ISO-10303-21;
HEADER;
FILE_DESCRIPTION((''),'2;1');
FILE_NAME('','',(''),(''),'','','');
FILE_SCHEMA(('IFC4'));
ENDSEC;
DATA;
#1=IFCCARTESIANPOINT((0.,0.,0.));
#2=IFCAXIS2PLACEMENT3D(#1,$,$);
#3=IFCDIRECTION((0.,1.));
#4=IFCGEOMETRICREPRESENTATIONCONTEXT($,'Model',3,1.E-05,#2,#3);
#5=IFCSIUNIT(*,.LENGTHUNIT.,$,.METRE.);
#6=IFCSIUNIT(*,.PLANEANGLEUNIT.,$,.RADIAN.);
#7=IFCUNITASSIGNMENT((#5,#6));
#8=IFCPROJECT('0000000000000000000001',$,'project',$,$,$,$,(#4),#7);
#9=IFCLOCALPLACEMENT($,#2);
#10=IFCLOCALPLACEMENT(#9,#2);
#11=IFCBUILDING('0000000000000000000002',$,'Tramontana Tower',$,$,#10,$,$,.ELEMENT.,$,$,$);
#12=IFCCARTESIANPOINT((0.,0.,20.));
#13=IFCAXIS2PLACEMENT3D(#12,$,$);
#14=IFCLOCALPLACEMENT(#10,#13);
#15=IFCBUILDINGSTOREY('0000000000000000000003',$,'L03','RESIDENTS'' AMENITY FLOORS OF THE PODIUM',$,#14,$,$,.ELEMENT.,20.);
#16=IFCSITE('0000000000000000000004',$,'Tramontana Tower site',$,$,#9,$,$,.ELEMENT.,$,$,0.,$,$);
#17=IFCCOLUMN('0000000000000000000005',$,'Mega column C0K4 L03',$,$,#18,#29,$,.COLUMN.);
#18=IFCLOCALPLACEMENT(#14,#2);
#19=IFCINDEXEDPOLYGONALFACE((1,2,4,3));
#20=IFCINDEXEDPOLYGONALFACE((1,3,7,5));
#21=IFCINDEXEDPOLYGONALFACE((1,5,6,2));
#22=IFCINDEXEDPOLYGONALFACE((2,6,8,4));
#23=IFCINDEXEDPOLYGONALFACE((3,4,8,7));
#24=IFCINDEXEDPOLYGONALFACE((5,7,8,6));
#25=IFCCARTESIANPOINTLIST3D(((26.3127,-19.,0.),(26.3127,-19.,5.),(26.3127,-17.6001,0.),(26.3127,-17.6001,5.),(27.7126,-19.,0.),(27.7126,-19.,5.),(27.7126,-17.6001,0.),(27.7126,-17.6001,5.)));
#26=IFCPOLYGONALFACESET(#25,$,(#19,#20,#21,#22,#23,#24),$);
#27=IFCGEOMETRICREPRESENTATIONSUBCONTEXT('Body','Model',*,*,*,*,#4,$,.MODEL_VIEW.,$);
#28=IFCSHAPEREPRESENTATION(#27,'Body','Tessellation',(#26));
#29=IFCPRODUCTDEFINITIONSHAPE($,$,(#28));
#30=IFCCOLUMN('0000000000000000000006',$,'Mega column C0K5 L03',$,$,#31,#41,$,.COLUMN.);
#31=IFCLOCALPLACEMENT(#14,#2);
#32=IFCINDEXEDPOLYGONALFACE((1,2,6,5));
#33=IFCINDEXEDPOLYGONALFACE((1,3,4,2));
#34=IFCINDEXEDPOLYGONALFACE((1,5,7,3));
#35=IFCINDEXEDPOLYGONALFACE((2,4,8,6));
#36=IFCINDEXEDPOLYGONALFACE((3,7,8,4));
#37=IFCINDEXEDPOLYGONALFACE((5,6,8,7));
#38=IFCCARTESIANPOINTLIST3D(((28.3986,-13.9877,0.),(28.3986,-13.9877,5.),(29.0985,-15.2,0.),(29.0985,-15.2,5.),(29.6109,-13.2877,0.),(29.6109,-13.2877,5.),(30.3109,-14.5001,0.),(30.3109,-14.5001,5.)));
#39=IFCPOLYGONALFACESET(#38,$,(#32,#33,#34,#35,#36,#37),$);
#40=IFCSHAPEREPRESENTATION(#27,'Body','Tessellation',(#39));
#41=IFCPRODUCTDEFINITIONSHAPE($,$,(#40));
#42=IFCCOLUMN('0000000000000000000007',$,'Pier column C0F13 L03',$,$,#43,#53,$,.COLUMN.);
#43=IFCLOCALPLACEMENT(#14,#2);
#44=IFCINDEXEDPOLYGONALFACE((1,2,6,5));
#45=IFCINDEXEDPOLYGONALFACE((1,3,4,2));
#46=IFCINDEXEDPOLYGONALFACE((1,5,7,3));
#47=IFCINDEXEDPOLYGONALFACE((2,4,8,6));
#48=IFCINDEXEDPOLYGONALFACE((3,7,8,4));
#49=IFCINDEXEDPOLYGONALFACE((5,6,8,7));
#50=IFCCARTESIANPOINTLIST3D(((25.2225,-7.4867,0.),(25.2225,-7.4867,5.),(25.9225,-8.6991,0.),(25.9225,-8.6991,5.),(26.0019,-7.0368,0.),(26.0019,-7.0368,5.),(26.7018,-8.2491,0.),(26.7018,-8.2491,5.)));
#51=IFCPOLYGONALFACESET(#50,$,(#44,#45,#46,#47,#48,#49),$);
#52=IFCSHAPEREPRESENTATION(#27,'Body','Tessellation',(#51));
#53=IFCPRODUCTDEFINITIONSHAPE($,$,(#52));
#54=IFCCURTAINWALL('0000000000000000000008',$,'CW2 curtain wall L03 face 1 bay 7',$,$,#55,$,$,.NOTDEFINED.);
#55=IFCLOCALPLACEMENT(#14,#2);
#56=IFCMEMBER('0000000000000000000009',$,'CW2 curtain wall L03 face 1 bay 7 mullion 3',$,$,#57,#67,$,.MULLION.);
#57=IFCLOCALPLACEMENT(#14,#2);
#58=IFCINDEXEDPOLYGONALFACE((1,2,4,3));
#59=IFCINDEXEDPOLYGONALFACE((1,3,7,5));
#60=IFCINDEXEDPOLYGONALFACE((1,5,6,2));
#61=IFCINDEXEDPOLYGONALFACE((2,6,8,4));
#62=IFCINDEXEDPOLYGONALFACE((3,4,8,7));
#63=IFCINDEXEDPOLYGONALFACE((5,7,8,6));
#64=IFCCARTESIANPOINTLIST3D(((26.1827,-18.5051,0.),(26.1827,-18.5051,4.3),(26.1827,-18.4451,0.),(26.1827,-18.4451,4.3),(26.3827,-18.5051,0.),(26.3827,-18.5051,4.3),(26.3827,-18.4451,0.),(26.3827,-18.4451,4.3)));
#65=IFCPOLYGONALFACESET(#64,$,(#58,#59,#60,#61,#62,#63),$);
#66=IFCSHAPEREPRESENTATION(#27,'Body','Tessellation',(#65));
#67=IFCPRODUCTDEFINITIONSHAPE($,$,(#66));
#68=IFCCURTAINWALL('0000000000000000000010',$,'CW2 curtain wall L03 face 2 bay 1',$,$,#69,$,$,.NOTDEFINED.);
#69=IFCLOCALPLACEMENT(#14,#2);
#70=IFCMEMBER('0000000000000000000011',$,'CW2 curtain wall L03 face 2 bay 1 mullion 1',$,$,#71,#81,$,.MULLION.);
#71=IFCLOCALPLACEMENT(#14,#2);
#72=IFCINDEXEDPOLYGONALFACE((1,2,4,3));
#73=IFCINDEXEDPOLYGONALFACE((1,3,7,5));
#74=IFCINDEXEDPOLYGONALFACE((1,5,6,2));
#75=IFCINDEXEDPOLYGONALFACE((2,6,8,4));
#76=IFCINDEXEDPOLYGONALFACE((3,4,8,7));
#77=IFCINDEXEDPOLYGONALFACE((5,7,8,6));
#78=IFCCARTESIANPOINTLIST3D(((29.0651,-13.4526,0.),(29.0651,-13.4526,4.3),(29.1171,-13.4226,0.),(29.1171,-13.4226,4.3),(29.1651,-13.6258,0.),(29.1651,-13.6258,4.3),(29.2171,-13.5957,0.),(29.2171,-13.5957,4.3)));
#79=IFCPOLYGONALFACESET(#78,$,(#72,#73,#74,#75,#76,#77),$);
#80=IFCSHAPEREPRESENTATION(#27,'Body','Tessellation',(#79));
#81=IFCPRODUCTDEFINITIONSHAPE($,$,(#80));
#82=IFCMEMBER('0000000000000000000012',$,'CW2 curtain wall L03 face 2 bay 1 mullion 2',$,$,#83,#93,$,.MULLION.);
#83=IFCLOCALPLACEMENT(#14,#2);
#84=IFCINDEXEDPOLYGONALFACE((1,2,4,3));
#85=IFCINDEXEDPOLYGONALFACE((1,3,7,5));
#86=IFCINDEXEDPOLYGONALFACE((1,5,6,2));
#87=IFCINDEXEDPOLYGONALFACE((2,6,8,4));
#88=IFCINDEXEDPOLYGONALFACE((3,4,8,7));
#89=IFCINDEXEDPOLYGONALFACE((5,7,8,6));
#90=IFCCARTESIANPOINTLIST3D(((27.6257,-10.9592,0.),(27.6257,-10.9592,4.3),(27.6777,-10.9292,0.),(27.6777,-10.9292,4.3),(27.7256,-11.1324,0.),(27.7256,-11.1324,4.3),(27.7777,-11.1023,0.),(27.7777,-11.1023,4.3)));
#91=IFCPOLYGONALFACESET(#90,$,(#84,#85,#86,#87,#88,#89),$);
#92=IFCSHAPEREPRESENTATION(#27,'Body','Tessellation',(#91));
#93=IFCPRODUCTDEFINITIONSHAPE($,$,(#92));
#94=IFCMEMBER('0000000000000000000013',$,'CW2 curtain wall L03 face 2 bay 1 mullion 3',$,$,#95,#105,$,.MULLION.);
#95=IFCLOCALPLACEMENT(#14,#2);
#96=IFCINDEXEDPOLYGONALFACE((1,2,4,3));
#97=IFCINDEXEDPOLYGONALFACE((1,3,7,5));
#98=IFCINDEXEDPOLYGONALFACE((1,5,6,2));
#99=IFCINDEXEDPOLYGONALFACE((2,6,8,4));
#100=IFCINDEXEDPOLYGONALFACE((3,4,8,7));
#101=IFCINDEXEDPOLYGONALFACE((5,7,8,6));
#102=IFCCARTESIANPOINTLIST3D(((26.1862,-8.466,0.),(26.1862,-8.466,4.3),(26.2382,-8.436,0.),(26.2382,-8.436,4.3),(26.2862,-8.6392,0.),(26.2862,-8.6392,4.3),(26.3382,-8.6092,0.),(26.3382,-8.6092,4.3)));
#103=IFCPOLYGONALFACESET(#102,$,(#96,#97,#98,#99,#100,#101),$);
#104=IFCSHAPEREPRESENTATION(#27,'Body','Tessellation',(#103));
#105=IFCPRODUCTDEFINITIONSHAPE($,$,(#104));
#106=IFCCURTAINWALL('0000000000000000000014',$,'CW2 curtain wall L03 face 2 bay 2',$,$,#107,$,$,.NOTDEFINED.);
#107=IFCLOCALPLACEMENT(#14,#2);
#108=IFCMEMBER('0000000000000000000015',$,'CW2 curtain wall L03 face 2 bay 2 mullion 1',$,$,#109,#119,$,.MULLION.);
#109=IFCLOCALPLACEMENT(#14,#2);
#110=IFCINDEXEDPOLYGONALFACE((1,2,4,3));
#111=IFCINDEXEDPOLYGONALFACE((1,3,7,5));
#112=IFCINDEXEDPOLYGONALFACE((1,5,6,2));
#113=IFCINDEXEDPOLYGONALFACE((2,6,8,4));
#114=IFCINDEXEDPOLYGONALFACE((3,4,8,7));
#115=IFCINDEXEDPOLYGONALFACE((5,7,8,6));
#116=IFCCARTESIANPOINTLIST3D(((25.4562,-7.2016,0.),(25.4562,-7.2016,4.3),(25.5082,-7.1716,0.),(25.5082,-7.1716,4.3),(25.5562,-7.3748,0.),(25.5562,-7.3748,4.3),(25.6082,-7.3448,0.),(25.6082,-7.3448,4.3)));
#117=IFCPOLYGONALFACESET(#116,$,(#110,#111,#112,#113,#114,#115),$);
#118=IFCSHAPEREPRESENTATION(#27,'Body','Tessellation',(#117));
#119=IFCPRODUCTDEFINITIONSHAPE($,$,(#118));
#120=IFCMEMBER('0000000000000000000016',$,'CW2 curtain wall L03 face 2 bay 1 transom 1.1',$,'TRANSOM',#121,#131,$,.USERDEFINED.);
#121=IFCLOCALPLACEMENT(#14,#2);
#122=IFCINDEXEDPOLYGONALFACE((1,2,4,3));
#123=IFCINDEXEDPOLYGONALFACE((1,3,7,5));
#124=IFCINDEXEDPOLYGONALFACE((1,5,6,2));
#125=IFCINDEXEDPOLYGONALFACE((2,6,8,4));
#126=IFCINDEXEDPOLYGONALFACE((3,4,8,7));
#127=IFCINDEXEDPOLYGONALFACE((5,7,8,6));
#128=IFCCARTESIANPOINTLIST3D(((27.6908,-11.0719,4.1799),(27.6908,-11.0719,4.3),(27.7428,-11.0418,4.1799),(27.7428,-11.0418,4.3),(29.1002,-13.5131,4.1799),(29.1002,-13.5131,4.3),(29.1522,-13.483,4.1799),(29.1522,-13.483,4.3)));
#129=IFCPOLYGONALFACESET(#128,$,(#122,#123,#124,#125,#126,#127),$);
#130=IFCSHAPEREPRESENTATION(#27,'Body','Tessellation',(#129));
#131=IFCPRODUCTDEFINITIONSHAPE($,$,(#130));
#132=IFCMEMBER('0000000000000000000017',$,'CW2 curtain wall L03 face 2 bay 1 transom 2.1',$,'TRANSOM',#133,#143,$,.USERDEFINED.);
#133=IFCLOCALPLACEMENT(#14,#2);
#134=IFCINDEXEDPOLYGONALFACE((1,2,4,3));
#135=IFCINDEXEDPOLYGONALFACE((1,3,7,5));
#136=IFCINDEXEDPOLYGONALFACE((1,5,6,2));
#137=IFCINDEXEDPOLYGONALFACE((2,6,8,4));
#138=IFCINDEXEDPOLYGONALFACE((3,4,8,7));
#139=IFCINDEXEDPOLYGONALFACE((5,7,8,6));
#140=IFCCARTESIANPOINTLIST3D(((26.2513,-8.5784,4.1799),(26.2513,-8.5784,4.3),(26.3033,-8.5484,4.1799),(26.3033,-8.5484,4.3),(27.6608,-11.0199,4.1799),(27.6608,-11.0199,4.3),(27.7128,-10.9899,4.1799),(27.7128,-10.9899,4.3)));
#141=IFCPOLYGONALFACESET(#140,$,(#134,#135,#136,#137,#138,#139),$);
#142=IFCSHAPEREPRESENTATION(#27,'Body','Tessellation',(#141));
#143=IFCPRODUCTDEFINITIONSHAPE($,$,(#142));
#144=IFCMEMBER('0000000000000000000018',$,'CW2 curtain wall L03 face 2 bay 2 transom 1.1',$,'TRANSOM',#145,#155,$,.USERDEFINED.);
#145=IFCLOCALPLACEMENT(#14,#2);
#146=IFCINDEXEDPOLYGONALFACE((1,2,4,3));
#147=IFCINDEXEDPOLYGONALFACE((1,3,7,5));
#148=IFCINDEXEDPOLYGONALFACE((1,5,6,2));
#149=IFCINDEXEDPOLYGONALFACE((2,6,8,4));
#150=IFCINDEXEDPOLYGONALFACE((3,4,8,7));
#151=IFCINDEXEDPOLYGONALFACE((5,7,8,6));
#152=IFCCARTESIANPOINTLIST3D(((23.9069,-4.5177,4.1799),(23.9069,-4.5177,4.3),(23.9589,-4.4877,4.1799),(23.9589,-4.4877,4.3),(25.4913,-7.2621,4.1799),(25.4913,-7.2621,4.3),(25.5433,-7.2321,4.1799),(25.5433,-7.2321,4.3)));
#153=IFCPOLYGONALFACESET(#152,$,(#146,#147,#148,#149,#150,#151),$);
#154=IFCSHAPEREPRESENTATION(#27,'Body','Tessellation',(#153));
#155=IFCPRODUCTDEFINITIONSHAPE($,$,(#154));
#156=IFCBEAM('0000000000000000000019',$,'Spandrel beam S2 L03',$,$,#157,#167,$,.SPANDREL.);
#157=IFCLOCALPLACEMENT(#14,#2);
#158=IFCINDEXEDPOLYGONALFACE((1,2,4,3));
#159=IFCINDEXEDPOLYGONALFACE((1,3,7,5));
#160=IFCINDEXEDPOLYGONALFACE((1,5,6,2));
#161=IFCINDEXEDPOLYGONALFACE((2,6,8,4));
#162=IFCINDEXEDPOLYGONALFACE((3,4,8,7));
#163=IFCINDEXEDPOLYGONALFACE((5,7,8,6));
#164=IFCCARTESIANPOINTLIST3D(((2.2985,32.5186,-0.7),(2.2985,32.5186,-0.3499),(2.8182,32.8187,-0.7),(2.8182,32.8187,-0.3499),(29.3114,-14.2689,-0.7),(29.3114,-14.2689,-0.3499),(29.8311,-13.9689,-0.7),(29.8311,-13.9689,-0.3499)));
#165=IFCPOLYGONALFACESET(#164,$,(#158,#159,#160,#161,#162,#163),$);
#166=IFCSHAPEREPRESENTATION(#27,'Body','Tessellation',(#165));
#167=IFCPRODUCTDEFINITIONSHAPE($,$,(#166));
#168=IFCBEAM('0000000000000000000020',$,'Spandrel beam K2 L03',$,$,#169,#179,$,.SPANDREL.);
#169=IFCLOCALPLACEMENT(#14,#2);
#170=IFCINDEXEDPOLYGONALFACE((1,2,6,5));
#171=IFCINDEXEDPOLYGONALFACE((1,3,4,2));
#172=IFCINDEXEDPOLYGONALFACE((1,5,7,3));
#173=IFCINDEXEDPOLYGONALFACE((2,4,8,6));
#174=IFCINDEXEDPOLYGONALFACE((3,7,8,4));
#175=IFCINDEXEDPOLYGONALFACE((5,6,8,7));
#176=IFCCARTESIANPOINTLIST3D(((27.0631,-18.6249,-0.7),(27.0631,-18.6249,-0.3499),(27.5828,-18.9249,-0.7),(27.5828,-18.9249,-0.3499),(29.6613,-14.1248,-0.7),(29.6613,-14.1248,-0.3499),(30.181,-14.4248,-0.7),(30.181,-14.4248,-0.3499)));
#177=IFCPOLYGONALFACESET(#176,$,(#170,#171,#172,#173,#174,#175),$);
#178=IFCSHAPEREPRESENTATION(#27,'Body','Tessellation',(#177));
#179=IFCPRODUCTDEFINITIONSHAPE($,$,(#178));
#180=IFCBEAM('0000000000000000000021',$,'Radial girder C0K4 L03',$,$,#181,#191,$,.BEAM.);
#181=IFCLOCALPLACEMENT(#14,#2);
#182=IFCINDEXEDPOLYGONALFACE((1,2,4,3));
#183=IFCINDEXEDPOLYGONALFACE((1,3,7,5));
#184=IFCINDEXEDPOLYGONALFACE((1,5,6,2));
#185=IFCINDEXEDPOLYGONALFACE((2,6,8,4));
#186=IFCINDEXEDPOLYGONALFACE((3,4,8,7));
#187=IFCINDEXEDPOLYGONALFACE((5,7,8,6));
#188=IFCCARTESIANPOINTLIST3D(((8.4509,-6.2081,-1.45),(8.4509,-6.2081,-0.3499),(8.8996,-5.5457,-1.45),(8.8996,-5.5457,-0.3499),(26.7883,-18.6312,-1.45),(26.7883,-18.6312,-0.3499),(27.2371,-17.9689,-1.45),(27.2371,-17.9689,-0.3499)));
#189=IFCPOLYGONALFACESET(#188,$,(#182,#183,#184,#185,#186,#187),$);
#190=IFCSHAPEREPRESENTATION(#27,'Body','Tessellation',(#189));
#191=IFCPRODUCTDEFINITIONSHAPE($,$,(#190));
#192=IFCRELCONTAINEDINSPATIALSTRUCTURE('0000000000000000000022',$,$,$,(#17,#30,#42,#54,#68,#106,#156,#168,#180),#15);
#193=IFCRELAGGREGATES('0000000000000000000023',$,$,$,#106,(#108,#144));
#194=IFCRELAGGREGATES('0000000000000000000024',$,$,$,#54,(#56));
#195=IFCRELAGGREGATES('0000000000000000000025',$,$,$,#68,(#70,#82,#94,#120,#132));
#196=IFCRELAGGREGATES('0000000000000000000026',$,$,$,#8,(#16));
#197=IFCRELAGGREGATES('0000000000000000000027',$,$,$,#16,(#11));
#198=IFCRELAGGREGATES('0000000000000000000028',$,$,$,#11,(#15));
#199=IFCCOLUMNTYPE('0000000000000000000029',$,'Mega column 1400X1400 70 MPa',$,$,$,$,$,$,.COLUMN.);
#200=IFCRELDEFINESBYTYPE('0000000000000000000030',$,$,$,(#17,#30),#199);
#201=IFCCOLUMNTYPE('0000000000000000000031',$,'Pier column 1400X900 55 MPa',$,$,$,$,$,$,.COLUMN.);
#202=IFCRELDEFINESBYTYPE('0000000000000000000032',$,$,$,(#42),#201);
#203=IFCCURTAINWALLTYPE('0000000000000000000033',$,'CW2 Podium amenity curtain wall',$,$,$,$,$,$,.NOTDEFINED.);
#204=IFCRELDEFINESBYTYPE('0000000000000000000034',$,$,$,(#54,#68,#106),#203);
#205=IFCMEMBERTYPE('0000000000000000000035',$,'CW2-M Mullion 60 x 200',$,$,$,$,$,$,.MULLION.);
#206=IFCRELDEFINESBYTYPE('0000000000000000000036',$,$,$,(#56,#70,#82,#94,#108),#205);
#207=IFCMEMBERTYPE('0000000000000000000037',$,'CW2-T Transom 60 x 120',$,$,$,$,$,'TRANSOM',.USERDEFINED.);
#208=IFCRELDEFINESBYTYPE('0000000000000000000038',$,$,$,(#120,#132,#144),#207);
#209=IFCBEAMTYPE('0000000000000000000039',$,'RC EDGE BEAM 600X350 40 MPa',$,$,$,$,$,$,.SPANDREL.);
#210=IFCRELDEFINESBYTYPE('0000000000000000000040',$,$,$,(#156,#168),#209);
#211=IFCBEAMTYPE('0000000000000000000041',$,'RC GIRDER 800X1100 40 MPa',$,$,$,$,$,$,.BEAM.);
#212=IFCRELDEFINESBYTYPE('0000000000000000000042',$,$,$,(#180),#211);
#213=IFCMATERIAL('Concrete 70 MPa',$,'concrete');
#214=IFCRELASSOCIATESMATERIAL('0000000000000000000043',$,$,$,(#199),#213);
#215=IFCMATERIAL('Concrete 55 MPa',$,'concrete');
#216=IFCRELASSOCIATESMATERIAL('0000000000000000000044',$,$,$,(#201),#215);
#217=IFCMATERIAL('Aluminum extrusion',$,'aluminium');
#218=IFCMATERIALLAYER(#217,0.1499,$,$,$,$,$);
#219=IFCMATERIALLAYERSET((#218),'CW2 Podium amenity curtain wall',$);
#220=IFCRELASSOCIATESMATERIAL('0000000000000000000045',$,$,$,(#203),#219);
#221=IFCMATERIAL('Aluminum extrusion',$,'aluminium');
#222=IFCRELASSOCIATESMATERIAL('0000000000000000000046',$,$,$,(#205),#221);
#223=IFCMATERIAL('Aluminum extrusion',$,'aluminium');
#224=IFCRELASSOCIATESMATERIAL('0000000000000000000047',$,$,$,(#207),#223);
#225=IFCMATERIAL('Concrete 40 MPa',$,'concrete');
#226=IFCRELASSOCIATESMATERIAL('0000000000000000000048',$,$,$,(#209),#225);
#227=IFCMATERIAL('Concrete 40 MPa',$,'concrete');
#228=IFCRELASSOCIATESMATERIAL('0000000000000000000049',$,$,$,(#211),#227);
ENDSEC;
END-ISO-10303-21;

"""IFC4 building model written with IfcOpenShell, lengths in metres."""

from ifc_helpers import new_model, si_unit, direction, frame, origin, origin_2d, place, context, subcontext, project, spatial, rectangle, extrude, material, layer, layer_set, material_profile, profile_set, type_object, element, aggregate, save


model = new_model("IFC4")

# Units and contexts
model_context = context("Model", 3, precision=1e-05, world=origin(), true_north=direction((0.0, 1.0)))
body_context = subcontext(model_context, "Body", "Model", "MODEL_VIEW")
ifc_project = project(units=[si_unit("LENGTHUNIT", "METRE"), si_unit("PLANEANGLEUNIT", "RADIAN")], contexts=[model_context])

# Site, building, storey
site_placement = place(None, origin())
site = spatial("IfcSite", under=ifc_project, at=site_placement, Name="Tramontana Tower site", CompositionType="ELEMENT", RefElevation=0.0)
building_placement = place(site_placement, origin())
building = spatial("IfcBuilding", under=site, at=building_placement, Name="Tramontana Tower", CompositionType="ELEMENT")
storey_placement = place(building_placement, frame((0.0, 0.0, 20.0)))
storey = spatial("IfcBuildingStorey", under=building, at=storey_placement, Name="L03", Description="RESIDENTS' AMENITY FLOORS OF THE PODIUM", CompositionType="ELEMENT", Elevation=20.0)

# Columns
ifc_material_1 = material(Name="Concrete 70 MPa", Category="concrete")
ifc_material_profile_1 = material_profile(ifc_material_1, rectangle(XDim=1.3999, YDim=1.3999, at=origin_2d()), Name="Mega column 1400X1400 70 MPa")
ifc_profile_set_1 = profile_set([ifc_material_profile_1], Name="Concrete 70 MPa")
column_type_1 = type_object("IfcColumnType", Name="Mega column 1400X1400 70 MPa", PredefinedType="COLUMN", material=ifc_profile_set_1)
for number, where, z_axis, x_axis, name in (
    (1, (27.0127, -18.3, 0.0), (0.0, 0.0, 1.0), (1.0, 0.0, 0.0), "Mega column C0K4 L03"),
    (2, (29.3547, -14.2439, 0.0), (0.0, 0.0, 1.0), (-0.5, 0.866025, 0.0), "Mega column C0K5 L03"),
):
    element("IfcColumn", number, at=place(storey_placement, frame(where, z_axis=z_axis, x_axis=x_axis)), inside=storey, type_object=column_type_1, Name=name, PredefinedType="COLUMN", context=body_context, shape_type="SweptSolid", body=[
        extrude(rectangle(XDim=1.3999, YDim=1.3999, at=origin_2d()), origin(), (0.0, 0.0, 1.0), 5.0),
    ])
ifc_material_2 = material(Name="Concrete 55 MPa", Category="concrete")
ifc_material_profile_2 = material_profile(ifc_material_2, rectangle(XDim=1.3999, YDim=0.8999, at=origin_2d()), Name="Pier column 1400X900 55 MPa")
ifc_profile_set_2 = profile_set([ifc_material_profile_2], Name="Concrete 55 MPa")
column_type_2 = type_object("IfcColumnType", Name="Pier column 1400X900 55 MPa", PredefinedType="COLUMN", material=ifc_profile_set_2)
column_placement = place(storey_placement, frame((25.9622, -7.8679, 0.0), z_axis=(0.0, 0.0, 1.0), x_axis=(-0.5, 0.866025, 0.0)))
element("IfcColumn", 3, at=column_placement, inside=storey, type_object=column_type_2, Name="Pier column C0F13 L03", PredefinedType="COLUMN", context=body_context, shape_type="SweptSolid", body=[
    extrude(rectangle(XDim=1.3999, YDim=0.8999, at=origin_2d()), origin(), (0.0, 0.0, 1.0), 5.0),
])

# Curtain wall, member
ifc_material_3 = material(Name="Aluminum extrusion", Category="aluminium")
ifc_layer_1 = layer(ifc_material_3, 0.1499)
ifc_layer_set_1 = layer_set([ifc_layer_1], Name="CW2 Podium amenity curtain wall")
curtain_wall_type = type_object("IfcCurtainWallType", Name="CW2 Podium amenity curtain wall", PredefinedType="NOTDEFINED", material=ifc_layer_set_1)
curtain_wall_1_placement = place(storey_placement, origin())
curtain_wall_1 = element("IfcCurtainWall", 4, at=curtain_wall_1_placement, inside=storey, type_object=curtain_wall_type, Name="CW2 curtain wall L03 face 1 bay 7", PredefinedType="NOTDEFINED")
ifc_material_4 = material(Name="Aluminum extrusion", Category="aluminium")
ifc_material_profile_3 = material_profile(ifc_material_4, rectangle(XDim=0.0601, YDim=0.2, at=origin_2d()), Name="CW2-M Mullion 60 x 200")
ifc_profile_set_3 = profile_set([ifc_material_profile_3], Name="Aluminum extrusion")
member_type_1 = type_object("IfcMemberType", Name="CW2-M Mullion 60 x 200", PredefinedType="MULLION", material=ifc_profile_set_3)
member_1_placement = place(storey_placement, frame((26.2827, -18.4751, 0.0), z_axis=(0.0, 0.0, 1.0), x_axis=(0.0, 1.0, 0.0)))
member_1 = element("IfcMember", 5, at=member_1_placement, type_object=member_type_1, Name="CW2 curtain wall L03 face 1 bay 7 mullion 3", PredefinedType="MULLION", context=body_context, shape_type="SweptSolid", body=[
    extrude(rectangle(XDim=0.0601, YDim=0.2, at=origin_2d()), origin(), (0.0, 0.0, 1.0), 4.3),
])

# Curtain wall, members
curtain_wall_2_placement = place(storey_placement, origin())
curtain_wall_2 = element("IfcCurtainWall", 6, at=curtain_wall_2_placement, inside=storey, type_object=curtain_wall_type, Name="CW2 curtain wall L03 face 2 bay 1", PredefinedType="NOTDEFINED")
member_2_placement = place(storey_placement, frame((29.1411, -13.5242, 0.0), z_axis=(0.0, 0.0, 1.0), x_axis=(-0.866025, -0.5, 0.0)))
member_2 = element("IfcMember", 7, at=member_2_placement, type_object=member_type_1, Name="CW2 curtain wall L03 face 2 bay 1 mullion 1", PredefinedType="MULLION", context=body_context, shape_type="SweptSolid", body=[
    extrude(rectangle(XDim=0.0601, YDim=0.2, at=origin_2d()), origin(), (0.0, 0.0, 1.0), 4.3),
])
member_3_placement = place(storey_placement, frame((27.7017, -11.0308, 0.0), z_axis=(0.0, 0.0, 1.0), x_axis=(-0.866025, -0.5, 0.0)))
member_3 = element("IfcMember", 8, at=member_3_placement, type_object=member_type_1, Name="CW2 curtain wall L03 face 2 bay 1 mullion 2", PredefinedType="MULLION", context=body_context, shape_type="SweptSolid", body=[
    extrude(rectangle(XDim=0.0601, YDim=0.2, at=origin_2d()), origin(), (0.0, 0.0, 1.0), 4.3),
])
member_4_placement = place(storey_placement, frame((26.2622, -8.5376, 0.0), z_axis=(0.0, 0.0, 1.0), x_axis=(-0.866025, -0.5, 0.0)))
member_4 = element("IfcMember", 9, at=member_4_placement, type_object=member_type_1, Name="CW2 curtain wall L03 face 2 bay 1 mullion 3", PredefinedType="MULLION", context=body_context, shape_type="SweptSolid", body=[
    extrude(rectangle(XDim=0.0601, YDim=0.2, at=origin_2d()), origin(), (0.0, 0.0, 1.0), 4.3),
])

# Curtain wall, member
curtain_wall_3_placement = place(storey_placement, origin())
curtain_wall_3 = element("IfcCurtainWall", 10, at=curtain_wall_3_placement, inside=storey, type_object=curtain_wall_type, Name="CW2 curtain wall L03 face 2 bay 2", PredefinedType="NOTDEFINED")
member_5_placement = place(storey_placement, frame((25.5322, -7.2732, 0.0), z_axis=(0.0, 0.0, 1.0), x_axis=(-0.866025, -0.5, 0.0)))
member_5 = element("IfcMember", 11, at=member_5_placement, type_object=member_type_1, Name="CW2 curtain wall L03 face 2 bay 2 mullion 1", PredefinedType="MULLION", context=body_context, shape_type="SweptSolid", body=[
    extrude(rectangle(XDim=0.0601, YDim=0.2, at=origin_2d()), origin(), (0.0, 0.0, 1.0), 4.3),
])

# Members
ifc_material_5 = material(Name="Aluminum extrusion", Category="aluminium")
ifc_material_profile_4 = material_profile(ifc_material_5, rectangle(XDim=0.0601, YDim=0.1201, at=origin_2d()), Name="CW2-T Transom 60 x 120")
ifc_profile_set_4 = profile_set([ifc_material_profile_4], Name="Aluminum extrusion")
member_type_2 = type_object("IfcMemberType", Name="CW2-T Transom 60 x 120", ElementType="TRANSOM", PredefinedType="USERDEFINED", material=ifc_profile_set_4)
member_6_placement = place(storey_placement, frame((29.1262, -13.498, 4.24), z_axis=(-0.500005, 0.866023, 0.0), x_axis=(-0.866023, -0.500005, 0.0)))
member_6 = element("IfcMember", 12, at=member_6_placement, type_object=member_type_2, Name="CW2 curtain wall L03 face 2 bay 1 transom 1.1", ObjectType="TRANSOM", PredefinedType="USERDEFINED", context=body_context, shape_type="SweptSolid", body=[
    extrude(rectangle(XDim=0.0601, YDim=0.1201, at=origin_2d()), origin(), (0.0, 0.0, 1.0), 2.8188),
])
member_7_placement = place(storey_placement, frame((27.6868, -11.0049, 4.24), z_axis=(-0.499967, 0.866044, 0.0), x_axis=(-0.866044, -0.499967, 0.0)))
member_7 = element("IfcMember", 13, at=member_7_placement, type_object=member_type_2, Name="CW2 curtain wall L03 face 2 bay 1 transom 2.1", ObjectType="TRANSOM", PredefinedType="USERDEFINED", context=body_context, shape_type="SweptSolid", body=[
    extrude(rectangle(XDim=0.0601, YDim=0.1201, at=origin_2d()), origin(), (0.0, 0.0, 1.0), 2.8191),
])
member_8_placement = place(storey_placement, frame((25.5173, -7.2471, 4.24), z_axis=(-0.5, 0.866025, 0.0), x_axis=(-0.866025, -0.5, 0.0)))
member_8 = element("IfcMember", 14, at=member_8_placement, type_object=member_type_2, Name="CW2 curtain wall L03 face 2 bay 2 transom 1.1", ObjectType="TRANSOM", PredefinedType="USERDEFINED", context=body_context, shape_type="SweptSolid", body=[
    extrude(rectangle(XDim=0.0601, YDim=0.1201, at=origin_2d()), origin(), (0.0, 0.0, 1.0), 3.1689),
])
aggregate(curtain_wall_3, [member_5, member_8])

# Beams
ifc_material_6 = material(Name="Concrete 40 MPa", Category="concrete")
ifc_material_profile_5 = material_profile(ifc_material_6, rectangle(XDim=0.6001, YDim=0.3501, at=origin_2d()), Name="RC EDGE BEAM 600X350 40 MPa")
ifc_profile_set_5 = profile_set([ifc_material_profile_5], Name="Concrete 40 MPa")
beam_type_1 = type_object("IfcBeamType", Name="RC EDGE BEAM 600X350 40 MPa", PredefinedType="SPANDREL", material=ifc_profile_set_5)
beam_1_placement = place(storey_placement, frame((29.5713, -14.1189, -0.5249), z_axis=(-0.500001, 0.866025, 0.0), x_axis=(-0.866025, -0.500001, 0.0)))
element("IfcBeam", 15, at=beam_1_placement, inside=storey, type_object=beam_type_1, Name="Spandrel beam S2 L03", PredefinedType="SPANDREL", context=body_context, shape_type="SweptSolid", body=[
    extrude(rectangle(XDim=0.6001, YDim=0.3501, at=origin_2d()), origin(), (0.0, 0.0, 1.0), 54.0256),
])
beam_2_placement = place(storey_placement, frame((27.323, -18.7749, -0.5249), z_axis=(0.50001, 0.86602, 0.0), x_axis=(-0.86602, 0.50001, 0.0)))
element("IfcBeam", 16, at=beam_2_placement, inside=storey, type_object=beam_type_1, Name="Spandrel beam K2 L03", PredefinedType="SPANDREL", context=body_context, shape_type="SweptSolid", body=[
    extrude(rectangle(XDim=0.6001, YDim=0.3501, at=origin_2d()), origin(), (0.0, 0.0, 1.0), 5.1963),
])
ifc_material_7 = material(Name="Concrete 40 MPa", Category="concrete")
ifc_material_profile_6 = material_profile(ifc_material_7, rectangle(XDim=0.8, YDim=1.1001, at=origin_2d()), Name="RC GIRDER 800X1100 40 MPa")
ifc_profile_set_6 = profile_set([ifc_material_profile_6], Name="Concrete 40 MPa")
beam_type_2 = type_object("IfcBeamType", Name="RC GIRDER 800X1100 40 MPa", PredefinedType="BEAM", material=ifc_profile_set_6)
beam_3_placement = place(storey_placement, frame((27.0127, -18.3, -0.8999), z_axis=(-0.827898, 0.560879, 0.0), x_axis=(-0.560879, -0.827898, 0.0)))
element("IfcBeam", 17, at=beam_3_placement, inside=storey, type_object=beam_type_2, Name="Radial girder C0K4 L03", PredefinedType="BEAM", context=body_context, shape_type="SweptSolid", body=[
    extrude(rectangle(XDim=0.8, YDim=1.1001, at=origin_2d()), origin(), (0.0, 0.0, 1.0), 22.1494),
])

aggregate(curtain_wall_1, [member_1])
aggregate(curtain_wall_2, [member_2, member_3, member_4, member_6, member_7])

save(model, "model.ifc")
